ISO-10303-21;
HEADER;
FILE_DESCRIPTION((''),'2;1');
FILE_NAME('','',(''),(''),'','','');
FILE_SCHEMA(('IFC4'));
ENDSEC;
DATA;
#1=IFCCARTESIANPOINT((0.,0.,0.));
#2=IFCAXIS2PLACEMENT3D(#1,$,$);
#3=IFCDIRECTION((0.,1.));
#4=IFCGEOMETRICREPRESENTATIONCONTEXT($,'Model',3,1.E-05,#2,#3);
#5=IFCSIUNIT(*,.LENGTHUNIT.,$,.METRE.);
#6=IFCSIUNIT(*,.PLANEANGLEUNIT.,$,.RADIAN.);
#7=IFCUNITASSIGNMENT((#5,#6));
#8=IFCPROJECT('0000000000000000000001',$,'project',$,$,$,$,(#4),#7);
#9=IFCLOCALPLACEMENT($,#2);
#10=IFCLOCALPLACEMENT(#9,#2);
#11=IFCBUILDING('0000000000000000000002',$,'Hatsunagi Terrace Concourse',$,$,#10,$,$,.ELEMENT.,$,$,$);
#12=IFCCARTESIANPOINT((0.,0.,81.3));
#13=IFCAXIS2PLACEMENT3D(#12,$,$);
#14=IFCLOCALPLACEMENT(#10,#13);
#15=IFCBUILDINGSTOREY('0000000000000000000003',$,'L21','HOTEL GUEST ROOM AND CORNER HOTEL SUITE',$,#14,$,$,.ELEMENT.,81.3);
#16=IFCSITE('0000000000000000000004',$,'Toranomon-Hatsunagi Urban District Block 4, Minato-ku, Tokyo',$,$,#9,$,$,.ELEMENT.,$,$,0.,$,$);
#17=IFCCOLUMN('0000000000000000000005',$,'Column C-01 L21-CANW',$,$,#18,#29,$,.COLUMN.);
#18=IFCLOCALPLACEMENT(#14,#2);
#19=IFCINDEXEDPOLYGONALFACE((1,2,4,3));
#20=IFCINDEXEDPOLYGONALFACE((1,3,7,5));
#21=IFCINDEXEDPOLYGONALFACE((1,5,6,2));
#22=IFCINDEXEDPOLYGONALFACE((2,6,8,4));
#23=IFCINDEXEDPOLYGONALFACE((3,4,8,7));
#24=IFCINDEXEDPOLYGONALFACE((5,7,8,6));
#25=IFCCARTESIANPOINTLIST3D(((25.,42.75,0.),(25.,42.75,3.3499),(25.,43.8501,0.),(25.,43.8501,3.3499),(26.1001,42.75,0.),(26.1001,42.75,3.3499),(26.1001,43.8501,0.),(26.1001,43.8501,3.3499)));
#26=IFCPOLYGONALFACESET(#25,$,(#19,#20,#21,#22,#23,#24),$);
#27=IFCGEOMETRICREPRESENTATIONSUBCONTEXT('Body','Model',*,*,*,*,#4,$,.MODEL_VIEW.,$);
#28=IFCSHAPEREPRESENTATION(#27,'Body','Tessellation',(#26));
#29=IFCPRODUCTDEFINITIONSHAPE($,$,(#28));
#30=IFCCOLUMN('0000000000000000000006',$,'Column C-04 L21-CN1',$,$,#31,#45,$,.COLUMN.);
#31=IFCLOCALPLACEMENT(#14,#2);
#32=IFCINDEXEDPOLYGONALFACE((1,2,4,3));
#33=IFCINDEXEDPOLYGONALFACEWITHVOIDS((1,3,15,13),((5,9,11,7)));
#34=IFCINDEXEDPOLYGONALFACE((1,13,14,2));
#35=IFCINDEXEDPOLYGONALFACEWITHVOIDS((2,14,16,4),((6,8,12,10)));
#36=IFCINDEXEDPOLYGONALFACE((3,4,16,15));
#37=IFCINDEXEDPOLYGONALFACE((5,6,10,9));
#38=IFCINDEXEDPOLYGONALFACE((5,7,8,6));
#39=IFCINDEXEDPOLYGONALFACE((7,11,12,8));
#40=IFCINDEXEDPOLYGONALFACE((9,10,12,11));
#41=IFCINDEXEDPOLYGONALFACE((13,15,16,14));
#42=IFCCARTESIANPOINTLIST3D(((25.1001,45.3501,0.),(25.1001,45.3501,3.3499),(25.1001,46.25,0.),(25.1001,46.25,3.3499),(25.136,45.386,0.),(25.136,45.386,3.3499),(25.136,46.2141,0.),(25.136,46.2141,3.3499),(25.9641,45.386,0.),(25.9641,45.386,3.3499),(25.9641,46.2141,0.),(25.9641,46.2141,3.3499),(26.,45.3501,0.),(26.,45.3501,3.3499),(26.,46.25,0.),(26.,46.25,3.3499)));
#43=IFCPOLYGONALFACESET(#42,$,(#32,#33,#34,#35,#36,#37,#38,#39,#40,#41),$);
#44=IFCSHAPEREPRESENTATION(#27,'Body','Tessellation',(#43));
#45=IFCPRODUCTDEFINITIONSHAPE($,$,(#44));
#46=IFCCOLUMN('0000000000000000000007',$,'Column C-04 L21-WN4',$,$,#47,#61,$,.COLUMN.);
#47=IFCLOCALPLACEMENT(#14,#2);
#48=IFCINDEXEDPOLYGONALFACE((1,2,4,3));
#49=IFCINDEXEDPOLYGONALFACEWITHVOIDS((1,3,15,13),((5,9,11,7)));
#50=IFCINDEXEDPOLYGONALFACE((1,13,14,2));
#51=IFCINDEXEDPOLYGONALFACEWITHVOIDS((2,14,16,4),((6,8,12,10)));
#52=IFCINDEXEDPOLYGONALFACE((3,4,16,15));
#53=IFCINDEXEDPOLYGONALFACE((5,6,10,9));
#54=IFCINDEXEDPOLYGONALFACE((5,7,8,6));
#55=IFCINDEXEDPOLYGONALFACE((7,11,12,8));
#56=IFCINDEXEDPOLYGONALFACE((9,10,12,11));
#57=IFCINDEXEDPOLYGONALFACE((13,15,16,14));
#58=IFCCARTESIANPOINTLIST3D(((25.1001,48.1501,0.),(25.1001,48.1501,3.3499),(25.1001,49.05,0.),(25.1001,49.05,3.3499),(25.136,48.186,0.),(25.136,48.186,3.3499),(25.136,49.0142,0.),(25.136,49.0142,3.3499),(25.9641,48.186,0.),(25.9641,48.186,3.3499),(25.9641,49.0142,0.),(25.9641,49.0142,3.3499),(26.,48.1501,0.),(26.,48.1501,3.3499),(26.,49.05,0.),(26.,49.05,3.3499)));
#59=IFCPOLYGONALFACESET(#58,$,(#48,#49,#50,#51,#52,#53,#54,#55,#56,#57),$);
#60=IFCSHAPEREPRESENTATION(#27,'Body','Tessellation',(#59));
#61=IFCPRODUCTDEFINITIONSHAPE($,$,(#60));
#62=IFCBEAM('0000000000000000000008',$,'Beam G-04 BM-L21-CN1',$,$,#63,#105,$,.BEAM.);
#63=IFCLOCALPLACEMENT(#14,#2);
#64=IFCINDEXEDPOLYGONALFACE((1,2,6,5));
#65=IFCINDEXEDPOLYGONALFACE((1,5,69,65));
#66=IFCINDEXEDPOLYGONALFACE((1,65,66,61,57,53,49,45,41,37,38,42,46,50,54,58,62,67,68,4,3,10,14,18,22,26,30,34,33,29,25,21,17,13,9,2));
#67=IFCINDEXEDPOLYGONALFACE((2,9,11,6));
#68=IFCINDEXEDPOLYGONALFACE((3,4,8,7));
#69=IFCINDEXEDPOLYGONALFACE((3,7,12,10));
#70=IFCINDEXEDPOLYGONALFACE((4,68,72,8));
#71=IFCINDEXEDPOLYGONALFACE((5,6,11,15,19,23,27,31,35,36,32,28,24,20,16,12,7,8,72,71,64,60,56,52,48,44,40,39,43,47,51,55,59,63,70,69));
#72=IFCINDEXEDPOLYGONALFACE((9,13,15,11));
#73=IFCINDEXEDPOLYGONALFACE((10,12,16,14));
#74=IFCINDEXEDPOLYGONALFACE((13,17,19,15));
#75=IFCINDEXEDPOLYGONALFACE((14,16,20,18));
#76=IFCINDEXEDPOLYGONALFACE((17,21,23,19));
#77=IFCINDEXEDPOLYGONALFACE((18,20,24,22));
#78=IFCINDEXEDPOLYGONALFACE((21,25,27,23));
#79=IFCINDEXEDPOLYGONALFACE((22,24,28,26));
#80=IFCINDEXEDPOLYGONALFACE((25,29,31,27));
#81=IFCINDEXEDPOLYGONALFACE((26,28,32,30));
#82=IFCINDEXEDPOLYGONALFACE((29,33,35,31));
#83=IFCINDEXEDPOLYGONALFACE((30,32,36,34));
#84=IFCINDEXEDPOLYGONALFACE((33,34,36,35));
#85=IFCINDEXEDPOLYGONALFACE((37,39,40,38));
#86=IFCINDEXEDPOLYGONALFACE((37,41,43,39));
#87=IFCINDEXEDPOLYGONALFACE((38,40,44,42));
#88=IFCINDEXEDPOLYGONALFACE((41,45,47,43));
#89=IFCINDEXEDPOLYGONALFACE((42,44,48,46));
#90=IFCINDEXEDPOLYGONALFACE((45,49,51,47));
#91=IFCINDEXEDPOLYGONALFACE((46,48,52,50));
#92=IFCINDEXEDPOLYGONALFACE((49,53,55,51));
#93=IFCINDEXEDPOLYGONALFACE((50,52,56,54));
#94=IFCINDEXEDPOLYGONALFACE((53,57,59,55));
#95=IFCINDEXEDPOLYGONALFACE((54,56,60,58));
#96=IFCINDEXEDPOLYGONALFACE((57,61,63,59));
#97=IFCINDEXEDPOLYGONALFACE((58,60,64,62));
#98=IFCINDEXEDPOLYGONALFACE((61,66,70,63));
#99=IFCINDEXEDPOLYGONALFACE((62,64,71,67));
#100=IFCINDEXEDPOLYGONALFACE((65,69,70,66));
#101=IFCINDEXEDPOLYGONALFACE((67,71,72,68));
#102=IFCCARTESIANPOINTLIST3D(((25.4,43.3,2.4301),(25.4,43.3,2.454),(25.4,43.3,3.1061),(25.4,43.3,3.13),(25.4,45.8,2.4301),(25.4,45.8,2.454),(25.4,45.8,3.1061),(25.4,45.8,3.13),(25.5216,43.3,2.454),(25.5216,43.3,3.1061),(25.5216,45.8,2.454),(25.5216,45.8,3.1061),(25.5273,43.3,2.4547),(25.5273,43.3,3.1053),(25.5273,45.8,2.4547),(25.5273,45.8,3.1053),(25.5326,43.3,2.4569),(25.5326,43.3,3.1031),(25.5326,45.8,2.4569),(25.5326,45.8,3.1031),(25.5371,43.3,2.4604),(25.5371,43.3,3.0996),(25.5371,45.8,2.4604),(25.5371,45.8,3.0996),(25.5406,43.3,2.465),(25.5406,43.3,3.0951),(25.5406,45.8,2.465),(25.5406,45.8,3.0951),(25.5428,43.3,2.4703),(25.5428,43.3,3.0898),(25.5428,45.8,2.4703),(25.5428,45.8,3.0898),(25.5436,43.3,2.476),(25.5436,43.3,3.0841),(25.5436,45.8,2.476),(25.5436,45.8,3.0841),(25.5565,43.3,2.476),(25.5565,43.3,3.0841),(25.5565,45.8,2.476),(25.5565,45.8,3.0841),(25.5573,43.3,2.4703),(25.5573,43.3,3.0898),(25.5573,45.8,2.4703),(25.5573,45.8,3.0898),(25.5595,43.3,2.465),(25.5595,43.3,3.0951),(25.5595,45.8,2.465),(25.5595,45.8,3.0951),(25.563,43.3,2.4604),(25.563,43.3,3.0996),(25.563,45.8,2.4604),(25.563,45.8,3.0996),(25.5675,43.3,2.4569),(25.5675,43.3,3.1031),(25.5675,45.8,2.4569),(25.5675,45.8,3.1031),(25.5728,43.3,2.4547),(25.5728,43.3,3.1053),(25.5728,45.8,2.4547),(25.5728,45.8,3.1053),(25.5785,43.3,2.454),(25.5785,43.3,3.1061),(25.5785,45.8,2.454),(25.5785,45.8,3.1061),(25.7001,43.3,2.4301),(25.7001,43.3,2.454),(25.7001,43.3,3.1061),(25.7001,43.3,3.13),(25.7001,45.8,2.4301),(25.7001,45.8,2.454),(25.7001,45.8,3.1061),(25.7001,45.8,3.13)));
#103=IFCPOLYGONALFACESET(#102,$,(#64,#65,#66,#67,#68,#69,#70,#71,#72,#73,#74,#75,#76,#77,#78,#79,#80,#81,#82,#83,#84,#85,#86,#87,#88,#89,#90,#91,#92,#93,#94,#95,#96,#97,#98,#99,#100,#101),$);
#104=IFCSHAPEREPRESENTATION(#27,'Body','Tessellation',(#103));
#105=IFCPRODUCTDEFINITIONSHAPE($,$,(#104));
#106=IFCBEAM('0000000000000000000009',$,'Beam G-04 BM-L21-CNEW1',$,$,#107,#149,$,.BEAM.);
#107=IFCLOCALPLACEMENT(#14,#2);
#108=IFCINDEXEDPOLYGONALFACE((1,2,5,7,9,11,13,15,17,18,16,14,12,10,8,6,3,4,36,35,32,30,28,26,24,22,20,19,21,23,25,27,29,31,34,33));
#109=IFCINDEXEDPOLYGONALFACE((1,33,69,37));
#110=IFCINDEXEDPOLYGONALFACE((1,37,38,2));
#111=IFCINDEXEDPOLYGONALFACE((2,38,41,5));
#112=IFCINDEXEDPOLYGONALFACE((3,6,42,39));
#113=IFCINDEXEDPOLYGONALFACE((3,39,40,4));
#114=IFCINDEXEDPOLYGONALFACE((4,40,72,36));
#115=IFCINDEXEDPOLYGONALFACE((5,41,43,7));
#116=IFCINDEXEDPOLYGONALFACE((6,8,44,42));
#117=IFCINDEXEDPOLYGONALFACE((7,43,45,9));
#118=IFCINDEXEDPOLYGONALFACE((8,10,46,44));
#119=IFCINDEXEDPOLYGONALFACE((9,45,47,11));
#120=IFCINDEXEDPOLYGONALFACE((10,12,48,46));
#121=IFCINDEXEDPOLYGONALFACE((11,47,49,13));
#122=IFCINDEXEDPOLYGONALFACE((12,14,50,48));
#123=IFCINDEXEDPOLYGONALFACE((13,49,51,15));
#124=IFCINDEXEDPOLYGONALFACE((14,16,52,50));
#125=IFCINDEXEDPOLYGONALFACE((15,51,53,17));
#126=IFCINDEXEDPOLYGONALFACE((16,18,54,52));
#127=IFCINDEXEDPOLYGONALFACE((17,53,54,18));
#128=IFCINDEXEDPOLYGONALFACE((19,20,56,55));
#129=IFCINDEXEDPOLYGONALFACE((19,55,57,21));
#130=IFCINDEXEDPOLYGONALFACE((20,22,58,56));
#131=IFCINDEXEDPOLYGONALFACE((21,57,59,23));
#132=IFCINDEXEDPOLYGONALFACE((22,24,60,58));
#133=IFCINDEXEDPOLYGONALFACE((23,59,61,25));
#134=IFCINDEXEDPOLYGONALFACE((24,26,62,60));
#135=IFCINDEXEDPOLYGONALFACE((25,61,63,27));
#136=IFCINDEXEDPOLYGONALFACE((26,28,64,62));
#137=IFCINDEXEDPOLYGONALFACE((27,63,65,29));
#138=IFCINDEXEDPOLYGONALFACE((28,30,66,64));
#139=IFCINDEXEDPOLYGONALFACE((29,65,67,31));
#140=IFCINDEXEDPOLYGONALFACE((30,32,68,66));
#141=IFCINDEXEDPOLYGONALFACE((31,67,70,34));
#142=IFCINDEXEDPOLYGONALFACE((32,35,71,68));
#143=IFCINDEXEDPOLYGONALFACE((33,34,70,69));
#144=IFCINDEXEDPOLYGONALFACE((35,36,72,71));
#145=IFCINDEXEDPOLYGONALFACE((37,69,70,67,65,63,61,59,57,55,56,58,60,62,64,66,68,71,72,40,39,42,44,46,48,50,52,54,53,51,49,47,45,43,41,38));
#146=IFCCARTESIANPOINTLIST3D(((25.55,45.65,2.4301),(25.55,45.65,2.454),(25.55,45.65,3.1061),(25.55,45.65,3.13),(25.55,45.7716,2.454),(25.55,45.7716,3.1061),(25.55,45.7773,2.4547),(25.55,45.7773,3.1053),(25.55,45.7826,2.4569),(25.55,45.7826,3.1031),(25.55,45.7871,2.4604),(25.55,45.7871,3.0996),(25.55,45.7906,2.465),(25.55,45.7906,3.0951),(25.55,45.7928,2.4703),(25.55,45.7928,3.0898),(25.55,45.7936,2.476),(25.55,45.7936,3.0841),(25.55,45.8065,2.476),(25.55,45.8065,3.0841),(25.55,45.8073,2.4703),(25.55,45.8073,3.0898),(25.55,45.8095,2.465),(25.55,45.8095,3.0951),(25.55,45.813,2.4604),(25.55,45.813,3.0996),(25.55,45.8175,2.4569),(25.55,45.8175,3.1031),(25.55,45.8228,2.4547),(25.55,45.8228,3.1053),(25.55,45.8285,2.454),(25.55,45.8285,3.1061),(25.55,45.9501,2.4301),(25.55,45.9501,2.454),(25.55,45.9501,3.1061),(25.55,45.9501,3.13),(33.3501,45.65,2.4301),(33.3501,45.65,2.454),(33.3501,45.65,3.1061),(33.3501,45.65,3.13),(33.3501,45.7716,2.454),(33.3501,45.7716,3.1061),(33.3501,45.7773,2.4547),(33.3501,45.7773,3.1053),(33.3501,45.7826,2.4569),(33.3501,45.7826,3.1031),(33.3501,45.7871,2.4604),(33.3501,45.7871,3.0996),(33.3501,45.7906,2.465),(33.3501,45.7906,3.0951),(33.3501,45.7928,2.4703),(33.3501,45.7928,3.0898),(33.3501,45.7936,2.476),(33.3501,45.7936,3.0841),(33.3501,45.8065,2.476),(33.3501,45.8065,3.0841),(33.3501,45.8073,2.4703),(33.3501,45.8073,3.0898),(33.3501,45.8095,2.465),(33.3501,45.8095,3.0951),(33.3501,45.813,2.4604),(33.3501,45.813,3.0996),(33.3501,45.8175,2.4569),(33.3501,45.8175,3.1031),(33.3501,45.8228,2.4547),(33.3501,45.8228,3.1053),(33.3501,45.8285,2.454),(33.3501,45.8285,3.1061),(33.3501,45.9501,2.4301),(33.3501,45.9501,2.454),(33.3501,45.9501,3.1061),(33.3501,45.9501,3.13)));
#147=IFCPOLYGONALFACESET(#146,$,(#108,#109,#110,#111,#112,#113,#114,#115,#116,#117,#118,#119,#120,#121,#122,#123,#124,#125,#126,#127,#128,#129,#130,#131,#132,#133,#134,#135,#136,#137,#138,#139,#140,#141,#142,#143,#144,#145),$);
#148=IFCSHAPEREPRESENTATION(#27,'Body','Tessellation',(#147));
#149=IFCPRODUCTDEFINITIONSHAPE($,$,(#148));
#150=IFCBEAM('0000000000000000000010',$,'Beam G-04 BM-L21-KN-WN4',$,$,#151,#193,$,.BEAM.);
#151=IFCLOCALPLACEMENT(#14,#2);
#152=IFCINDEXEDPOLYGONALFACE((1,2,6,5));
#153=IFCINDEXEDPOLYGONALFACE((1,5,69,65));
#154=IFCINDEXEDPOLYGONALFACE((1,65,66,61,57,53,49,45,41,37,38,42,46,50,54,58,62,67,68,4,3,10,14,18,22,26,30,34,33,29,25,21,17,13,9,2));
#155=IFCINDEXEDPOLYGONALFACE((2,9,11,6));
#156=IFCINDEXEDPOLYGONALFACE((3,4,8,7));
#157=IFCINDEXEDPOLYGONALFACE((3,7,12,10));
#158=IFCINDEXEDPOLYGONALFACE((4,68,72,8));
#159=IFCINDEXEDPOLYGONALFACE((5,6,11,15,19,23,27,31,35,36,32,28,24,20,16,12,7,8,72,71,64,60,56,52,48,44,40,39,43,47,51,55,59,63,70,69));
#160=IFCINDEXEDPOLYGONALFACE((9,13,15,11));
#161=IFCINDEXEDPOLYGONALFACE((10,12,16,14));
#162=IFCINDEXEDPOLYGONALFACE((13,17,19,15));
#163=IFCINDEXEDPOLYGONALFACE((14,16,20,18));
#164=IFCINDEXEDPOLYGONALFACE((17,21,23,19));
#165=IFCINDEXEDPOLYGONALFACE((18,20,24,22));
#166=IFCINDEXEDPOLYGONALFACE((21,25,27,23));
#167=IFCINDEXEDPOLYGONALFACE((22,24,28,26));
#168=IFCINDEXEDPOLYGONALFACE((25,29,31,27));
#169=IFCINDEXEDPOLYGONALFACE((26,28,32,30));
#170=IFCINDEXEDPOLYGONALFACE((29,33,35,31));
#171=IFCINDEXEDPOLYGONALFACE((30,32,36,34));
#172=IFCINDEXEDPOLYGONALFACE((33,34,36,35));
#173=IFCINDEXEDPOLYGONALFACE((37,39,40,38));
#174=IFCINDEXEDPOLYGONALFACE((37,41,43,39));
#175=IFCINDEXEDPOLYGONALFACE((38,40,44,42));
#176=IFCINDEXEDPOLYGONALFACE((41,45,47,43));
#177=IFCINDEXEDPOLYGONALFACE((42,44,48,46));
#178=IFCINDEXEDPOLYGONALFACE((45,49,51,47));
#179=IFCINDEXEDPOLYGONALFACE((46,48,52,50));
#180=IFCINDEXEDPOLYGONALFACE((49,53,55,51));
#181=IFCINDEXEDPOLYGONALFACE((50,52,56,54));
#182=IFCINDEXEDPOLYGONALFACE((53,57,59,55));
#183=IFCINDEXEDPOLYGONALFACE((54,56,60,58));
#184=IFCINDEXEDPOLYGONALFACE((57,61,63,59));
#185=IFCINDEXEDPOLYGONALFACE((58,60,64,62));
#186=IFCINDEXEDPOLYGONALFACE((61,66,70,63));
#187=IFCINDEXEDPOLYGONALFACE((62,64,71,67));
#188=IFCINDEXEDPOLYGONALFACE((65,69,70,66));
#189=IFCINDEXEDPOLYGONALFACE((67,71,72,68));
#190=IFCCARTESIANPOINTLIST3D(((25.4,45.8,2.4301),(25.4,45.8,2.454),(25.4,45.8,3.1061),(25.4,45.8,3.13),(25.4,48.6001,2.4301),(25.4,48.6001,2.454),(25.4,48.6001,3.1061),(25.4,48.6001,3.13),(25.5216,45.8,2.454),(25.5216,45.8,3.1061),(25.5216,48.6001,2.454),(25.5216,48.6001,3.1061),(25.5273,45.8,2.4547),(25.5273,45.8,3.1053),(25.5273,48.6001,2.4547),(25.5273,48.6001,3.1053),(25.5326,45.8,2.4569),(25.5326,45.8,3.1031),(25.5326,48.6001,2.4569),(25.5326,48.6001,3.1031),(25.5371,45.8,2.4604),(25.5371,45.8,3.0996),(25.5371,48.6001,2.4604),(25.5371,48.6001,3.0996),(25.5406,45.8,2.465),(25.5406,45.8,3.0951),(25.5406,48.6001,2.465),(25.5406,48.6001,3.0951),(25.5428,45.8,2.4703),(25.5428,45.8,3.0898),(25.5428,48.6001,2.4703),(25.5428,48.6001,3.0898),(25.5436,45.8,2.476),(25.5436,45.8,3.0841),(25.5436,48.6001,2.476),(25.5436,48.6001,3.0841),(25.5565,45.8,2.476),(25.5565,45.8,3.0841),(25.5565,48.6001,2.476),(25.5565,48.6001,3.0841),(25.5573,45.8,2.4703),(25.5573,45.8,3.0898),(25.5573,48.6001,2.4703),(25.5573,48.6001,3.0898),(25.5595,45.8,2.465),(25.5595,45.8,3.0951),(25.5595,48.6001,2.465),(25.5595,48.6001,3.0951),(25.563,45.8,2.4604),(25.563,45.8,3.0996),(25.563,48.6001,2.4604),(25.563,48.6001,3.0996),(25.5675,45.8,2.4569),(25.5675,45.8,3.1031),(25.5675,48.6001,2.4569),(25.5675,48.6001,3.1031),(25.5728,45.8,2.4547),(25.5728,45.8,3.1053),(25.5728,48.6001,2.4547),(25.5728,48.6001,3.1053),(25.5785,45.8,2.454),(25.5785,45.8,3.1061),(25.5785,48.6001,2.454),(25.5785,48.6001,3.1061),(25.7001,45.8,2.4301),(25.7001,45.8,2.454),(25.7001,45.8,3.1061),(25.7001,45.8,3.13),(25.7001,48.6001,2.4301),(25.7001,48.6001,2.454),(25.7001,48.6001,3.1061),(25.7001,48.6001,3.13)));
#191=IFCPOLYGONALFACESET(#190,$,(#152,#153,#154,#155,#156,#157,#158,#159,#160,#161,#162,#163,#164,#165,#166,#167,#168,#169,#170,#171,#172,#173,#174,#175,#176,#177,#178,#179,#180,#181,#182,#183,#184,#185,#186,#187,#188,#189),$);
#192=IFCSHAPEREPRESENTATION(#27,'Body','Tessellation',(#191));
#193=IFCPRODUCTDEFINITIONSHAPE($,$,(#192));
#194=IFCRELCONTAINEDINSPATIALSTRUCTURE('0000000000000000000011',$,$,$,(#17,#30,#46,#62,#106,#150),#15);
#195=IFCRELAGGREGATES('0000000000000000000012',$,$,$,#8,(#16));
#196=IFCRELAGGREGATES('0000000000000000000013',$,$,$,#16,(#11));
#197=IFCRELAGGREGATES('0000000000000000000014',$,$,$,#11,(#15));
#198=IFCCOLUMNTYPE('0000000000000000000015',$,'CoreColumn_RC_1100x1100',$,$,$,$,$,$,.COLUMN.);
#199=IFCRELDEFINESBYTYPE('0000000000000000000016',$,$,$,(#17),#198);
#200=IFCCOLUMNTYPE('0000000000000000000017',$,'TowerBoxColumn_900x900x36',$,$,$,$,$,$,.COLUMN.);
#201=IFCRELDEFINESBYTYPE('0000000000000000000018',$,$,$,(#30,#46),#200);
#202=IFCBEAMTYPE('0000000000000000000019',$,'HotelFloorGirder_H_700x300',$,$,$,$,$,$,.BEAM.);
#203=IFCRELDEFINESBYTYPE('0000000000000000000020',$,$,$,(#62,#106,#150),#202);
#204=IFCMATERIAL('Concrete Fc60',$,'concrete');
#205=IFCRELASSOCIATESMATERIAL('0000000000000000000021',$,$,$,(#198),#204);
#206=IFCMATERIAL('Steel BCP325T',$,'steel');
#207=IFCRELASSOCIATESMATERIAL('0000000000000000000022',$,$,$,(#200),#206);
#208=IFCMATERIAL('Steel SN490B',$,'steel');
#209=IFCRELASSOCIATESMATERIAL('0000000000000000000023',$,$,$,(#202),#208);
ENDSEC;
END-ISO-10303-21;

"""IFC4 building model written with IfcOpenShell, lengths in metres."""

from ifc_helpers import new_model, si_unit, direction, frame, origin, origin_2d, place, context, subcontext, project, spatial, rectangle, hollow_rectangle, i_section, extrude, material, material_profile, profile_set, type_object, element, save


model = new_model("IFC4")

# Units and contexts
model_context = context("Model", 3, precision=1e-05, world=origin(), true_north=direction((0.0, 1.0)))
body_context = subcontext(model_context, "Body", "Model", "MODEL_VIEW")
ifc_project = project(units=[si_unit("LENGTHUNIT", "METRE"), si_unit("PLANEANGLEUNIT", "RADIAN")], contexts=[model_context])

# Site, building, storey
site_placement = place(None, origin())
site = spatial("IfcSite", under=ifc_project, at=site_placement, Name="Toranomon-Hatsunagi Urban District Block 4, Minato-ku, Tokyo", CompositionType="ELEMENT", RefElevation=0.0)
building_placement = place(site_placement, origin())
building = spatial("IfcBuilding", under=site, at=building_placement, Name="Hatsunagi Terrace Concourse", CompositionType="ELEMENT")
storey_placement = place(building_placement, frame((0.0, 0.0, 81.3)))
storey = spatial("IfcBuildingStorey", under=building, at=storey_placement, Name="L21", Description="HOTEL GUEST ROOM AND CORNER HOTEL SUITE", CompositionType="ELEMENT", Elevation=81.3)

# Columns
ifc_material_1 = material(Name="Concrete Fc60", Category="concrete")
ifc_material_profile_1 = material_profile(ifc_material_1, rectangle(XDim=1.1001, YDim=1.1001, at=origin_2d()), Name="RC-1100x1100")
ifc_profile_set_1 = profile_set([ifc_material_profile_1], Name="Concrete Fc60")
column_type_1 = type_object("IfcColumnType", Name="CoreColumn_RC_1100x1100", PredefinedType="COLUMN", material=ifc_profile_set_1)
column_placement = place(storey_placement, frame((25.55, 43.3, 0.0), z_axis=(0.0, 0.0, 1.0), x_axis=(1.0, 0.0, 0.0)))
element("IfcColumn", 1, at=column_placement, inside=storey, type_object=column_type_1, Name="Column C-01 L21-CANW", PredefinedType="COLUMN", context=body_context, shape_type="SweptSolid", body=[
    extrude(rectangle(XDim=1.1001, YDim=1.1001, at=origin_2d()), origin(), (0.0, 0.0, 1.0), 3.3499),
])
ifc_material_2 = material(Name="Steel BCP325T", Category="steel")
ifc_material_profile_2 = material_profile(ifc_material_2, hollow_rectangle(XDim=0.8999, YDim=0.8999, WallThickness=0.0359, at=origin_2d()), Name="BCP-900x900x36")
ifc_profile_set_2 = profile_set([ifc_material_profile_2], Name="Steel BCP325T")
column_type_2 = type_object("IfcColumnType", Name="TowerBoxColumn_900x900x36", PredefinedType="COLUMN", material=ifc_profile_set_2)
for number, where, z_axis, x_axis, name in (
    (2, (25.55, 45.8, 0.0), (0.0, 0.0, 1.0), (1.0, 0.0, 0.0), "Column C-04 L21-CN1"),
    (3, (25.55, 48.6001, 0.0), (0.0, 0.0, 1.0), (1.0, 0.0, 0.0), "Column C-04 L21-WN4"),
):
    element("IfcColumn", number, at=place(storey_placement, frame(where, z_axis=z_axis, x_axis=x_axis)), inside=storey, type_object=column_type_2, Name=name, PredefinedType="COLUMN", context=body_context, shape_type="SweptSolid", body=[
        extrude(hollow_rectangle(XDim=0.8999, YDim=0.8999, WallThickness=0.0359, at=origin_2d()), origin(), (0.0, 0.0, 1.0), 3.3499),
    ])

# Beams
ifc_material_3 = material(Name="Steel SN490B", Category="steel")
ifc_material_profile_3 = material_profile(ifc_material_3, i_section(OverallWidth=0.3, OverallDepth=0.7, WebThickness=0.0129, FlangeThickness=0.0239, FilletRadius=0.022, at=origin_2d()), Name="H-700x300x13x24")
ifc_profile_set_3 = profile_set([ifc_material_profile_3], Name="Steel SN490B")
beam_type_1 = type_object("IfcBeamType", Name="HotelFloorGirder_H_700x300", PredefinedType="BEAM", material=ifc_profile_set_3)
beam_1_placement = place(storey_placement, frame((25.55, 43.3, 2.78), z_axis=(0.0, 1.0, 0.0), x_axis=(-1.0, 0.0, 0.0)))
element("IfcBeam", 4, at=beam_1_placement, inside=storey, type_object=beam_type_1, Name="Beam G-04 BM-L21-CN1", PredefinedType="BEAM", context=body_context, shape_type="SweptSolid", body=[
    extrude(i_section(OverallWidth=0.3, OverallDepth=0.7, WebThickness=0.0129, FlangeThickness=0.0239, FilletRadius=0.022, at=origin_2d()), origin(), (0.0, 0.0, 1.0), 2.5),
])
beam_2_placement = place(storey_placement, frame((25.55, 45.8, 2.78), z_axis=(1.0, 0.0, 0.0), x_axis=(0.0, 1.0, 0.0)))
element("IfcBeam", 5, at=beam_2_placement, inside=storey, type_object=beam_type_1, Name="Beam G-04 BM-L21-CNEW1", PredefinedType="BEAM", context=body_context, shape_type="SweptSolid", body=[
    extrude(i_section(OverallWidth=0.3, OverallDepth=0.7, WebThickness=0.0129, FlangeThickness=0.0239, FilletRadius=0.022, at=origin_2d()), origin(), (0.0, 0.0, 1.0), 7.8),
])
beam_3_placement = place(storey_placement, frame((25.55, 45.8, 2.78), z_axis=(0.0, 1.0, 0.0), x_axis=(-1.0, 0.0, 0.0)))
element("IfcBeam", 6, at=beam_3_placement, inside=storey, type_object=beam_type_1, Name="Beam G-04 BM-L21-KN-WN4", PredefinedType="BEAM", context=body_context, shape_type="SweptSolid", body=[
    extrude(i_section(OverallWidth=0.3, OverallDepth=0.7, WebThickness=0.0129, FlangeThickness=0.0239, FilletRadius=0.022, at=origin_2d()), origin(), (0.0, 0.0, 1.0), 2.8),
])

save(model, "model.ifc")
